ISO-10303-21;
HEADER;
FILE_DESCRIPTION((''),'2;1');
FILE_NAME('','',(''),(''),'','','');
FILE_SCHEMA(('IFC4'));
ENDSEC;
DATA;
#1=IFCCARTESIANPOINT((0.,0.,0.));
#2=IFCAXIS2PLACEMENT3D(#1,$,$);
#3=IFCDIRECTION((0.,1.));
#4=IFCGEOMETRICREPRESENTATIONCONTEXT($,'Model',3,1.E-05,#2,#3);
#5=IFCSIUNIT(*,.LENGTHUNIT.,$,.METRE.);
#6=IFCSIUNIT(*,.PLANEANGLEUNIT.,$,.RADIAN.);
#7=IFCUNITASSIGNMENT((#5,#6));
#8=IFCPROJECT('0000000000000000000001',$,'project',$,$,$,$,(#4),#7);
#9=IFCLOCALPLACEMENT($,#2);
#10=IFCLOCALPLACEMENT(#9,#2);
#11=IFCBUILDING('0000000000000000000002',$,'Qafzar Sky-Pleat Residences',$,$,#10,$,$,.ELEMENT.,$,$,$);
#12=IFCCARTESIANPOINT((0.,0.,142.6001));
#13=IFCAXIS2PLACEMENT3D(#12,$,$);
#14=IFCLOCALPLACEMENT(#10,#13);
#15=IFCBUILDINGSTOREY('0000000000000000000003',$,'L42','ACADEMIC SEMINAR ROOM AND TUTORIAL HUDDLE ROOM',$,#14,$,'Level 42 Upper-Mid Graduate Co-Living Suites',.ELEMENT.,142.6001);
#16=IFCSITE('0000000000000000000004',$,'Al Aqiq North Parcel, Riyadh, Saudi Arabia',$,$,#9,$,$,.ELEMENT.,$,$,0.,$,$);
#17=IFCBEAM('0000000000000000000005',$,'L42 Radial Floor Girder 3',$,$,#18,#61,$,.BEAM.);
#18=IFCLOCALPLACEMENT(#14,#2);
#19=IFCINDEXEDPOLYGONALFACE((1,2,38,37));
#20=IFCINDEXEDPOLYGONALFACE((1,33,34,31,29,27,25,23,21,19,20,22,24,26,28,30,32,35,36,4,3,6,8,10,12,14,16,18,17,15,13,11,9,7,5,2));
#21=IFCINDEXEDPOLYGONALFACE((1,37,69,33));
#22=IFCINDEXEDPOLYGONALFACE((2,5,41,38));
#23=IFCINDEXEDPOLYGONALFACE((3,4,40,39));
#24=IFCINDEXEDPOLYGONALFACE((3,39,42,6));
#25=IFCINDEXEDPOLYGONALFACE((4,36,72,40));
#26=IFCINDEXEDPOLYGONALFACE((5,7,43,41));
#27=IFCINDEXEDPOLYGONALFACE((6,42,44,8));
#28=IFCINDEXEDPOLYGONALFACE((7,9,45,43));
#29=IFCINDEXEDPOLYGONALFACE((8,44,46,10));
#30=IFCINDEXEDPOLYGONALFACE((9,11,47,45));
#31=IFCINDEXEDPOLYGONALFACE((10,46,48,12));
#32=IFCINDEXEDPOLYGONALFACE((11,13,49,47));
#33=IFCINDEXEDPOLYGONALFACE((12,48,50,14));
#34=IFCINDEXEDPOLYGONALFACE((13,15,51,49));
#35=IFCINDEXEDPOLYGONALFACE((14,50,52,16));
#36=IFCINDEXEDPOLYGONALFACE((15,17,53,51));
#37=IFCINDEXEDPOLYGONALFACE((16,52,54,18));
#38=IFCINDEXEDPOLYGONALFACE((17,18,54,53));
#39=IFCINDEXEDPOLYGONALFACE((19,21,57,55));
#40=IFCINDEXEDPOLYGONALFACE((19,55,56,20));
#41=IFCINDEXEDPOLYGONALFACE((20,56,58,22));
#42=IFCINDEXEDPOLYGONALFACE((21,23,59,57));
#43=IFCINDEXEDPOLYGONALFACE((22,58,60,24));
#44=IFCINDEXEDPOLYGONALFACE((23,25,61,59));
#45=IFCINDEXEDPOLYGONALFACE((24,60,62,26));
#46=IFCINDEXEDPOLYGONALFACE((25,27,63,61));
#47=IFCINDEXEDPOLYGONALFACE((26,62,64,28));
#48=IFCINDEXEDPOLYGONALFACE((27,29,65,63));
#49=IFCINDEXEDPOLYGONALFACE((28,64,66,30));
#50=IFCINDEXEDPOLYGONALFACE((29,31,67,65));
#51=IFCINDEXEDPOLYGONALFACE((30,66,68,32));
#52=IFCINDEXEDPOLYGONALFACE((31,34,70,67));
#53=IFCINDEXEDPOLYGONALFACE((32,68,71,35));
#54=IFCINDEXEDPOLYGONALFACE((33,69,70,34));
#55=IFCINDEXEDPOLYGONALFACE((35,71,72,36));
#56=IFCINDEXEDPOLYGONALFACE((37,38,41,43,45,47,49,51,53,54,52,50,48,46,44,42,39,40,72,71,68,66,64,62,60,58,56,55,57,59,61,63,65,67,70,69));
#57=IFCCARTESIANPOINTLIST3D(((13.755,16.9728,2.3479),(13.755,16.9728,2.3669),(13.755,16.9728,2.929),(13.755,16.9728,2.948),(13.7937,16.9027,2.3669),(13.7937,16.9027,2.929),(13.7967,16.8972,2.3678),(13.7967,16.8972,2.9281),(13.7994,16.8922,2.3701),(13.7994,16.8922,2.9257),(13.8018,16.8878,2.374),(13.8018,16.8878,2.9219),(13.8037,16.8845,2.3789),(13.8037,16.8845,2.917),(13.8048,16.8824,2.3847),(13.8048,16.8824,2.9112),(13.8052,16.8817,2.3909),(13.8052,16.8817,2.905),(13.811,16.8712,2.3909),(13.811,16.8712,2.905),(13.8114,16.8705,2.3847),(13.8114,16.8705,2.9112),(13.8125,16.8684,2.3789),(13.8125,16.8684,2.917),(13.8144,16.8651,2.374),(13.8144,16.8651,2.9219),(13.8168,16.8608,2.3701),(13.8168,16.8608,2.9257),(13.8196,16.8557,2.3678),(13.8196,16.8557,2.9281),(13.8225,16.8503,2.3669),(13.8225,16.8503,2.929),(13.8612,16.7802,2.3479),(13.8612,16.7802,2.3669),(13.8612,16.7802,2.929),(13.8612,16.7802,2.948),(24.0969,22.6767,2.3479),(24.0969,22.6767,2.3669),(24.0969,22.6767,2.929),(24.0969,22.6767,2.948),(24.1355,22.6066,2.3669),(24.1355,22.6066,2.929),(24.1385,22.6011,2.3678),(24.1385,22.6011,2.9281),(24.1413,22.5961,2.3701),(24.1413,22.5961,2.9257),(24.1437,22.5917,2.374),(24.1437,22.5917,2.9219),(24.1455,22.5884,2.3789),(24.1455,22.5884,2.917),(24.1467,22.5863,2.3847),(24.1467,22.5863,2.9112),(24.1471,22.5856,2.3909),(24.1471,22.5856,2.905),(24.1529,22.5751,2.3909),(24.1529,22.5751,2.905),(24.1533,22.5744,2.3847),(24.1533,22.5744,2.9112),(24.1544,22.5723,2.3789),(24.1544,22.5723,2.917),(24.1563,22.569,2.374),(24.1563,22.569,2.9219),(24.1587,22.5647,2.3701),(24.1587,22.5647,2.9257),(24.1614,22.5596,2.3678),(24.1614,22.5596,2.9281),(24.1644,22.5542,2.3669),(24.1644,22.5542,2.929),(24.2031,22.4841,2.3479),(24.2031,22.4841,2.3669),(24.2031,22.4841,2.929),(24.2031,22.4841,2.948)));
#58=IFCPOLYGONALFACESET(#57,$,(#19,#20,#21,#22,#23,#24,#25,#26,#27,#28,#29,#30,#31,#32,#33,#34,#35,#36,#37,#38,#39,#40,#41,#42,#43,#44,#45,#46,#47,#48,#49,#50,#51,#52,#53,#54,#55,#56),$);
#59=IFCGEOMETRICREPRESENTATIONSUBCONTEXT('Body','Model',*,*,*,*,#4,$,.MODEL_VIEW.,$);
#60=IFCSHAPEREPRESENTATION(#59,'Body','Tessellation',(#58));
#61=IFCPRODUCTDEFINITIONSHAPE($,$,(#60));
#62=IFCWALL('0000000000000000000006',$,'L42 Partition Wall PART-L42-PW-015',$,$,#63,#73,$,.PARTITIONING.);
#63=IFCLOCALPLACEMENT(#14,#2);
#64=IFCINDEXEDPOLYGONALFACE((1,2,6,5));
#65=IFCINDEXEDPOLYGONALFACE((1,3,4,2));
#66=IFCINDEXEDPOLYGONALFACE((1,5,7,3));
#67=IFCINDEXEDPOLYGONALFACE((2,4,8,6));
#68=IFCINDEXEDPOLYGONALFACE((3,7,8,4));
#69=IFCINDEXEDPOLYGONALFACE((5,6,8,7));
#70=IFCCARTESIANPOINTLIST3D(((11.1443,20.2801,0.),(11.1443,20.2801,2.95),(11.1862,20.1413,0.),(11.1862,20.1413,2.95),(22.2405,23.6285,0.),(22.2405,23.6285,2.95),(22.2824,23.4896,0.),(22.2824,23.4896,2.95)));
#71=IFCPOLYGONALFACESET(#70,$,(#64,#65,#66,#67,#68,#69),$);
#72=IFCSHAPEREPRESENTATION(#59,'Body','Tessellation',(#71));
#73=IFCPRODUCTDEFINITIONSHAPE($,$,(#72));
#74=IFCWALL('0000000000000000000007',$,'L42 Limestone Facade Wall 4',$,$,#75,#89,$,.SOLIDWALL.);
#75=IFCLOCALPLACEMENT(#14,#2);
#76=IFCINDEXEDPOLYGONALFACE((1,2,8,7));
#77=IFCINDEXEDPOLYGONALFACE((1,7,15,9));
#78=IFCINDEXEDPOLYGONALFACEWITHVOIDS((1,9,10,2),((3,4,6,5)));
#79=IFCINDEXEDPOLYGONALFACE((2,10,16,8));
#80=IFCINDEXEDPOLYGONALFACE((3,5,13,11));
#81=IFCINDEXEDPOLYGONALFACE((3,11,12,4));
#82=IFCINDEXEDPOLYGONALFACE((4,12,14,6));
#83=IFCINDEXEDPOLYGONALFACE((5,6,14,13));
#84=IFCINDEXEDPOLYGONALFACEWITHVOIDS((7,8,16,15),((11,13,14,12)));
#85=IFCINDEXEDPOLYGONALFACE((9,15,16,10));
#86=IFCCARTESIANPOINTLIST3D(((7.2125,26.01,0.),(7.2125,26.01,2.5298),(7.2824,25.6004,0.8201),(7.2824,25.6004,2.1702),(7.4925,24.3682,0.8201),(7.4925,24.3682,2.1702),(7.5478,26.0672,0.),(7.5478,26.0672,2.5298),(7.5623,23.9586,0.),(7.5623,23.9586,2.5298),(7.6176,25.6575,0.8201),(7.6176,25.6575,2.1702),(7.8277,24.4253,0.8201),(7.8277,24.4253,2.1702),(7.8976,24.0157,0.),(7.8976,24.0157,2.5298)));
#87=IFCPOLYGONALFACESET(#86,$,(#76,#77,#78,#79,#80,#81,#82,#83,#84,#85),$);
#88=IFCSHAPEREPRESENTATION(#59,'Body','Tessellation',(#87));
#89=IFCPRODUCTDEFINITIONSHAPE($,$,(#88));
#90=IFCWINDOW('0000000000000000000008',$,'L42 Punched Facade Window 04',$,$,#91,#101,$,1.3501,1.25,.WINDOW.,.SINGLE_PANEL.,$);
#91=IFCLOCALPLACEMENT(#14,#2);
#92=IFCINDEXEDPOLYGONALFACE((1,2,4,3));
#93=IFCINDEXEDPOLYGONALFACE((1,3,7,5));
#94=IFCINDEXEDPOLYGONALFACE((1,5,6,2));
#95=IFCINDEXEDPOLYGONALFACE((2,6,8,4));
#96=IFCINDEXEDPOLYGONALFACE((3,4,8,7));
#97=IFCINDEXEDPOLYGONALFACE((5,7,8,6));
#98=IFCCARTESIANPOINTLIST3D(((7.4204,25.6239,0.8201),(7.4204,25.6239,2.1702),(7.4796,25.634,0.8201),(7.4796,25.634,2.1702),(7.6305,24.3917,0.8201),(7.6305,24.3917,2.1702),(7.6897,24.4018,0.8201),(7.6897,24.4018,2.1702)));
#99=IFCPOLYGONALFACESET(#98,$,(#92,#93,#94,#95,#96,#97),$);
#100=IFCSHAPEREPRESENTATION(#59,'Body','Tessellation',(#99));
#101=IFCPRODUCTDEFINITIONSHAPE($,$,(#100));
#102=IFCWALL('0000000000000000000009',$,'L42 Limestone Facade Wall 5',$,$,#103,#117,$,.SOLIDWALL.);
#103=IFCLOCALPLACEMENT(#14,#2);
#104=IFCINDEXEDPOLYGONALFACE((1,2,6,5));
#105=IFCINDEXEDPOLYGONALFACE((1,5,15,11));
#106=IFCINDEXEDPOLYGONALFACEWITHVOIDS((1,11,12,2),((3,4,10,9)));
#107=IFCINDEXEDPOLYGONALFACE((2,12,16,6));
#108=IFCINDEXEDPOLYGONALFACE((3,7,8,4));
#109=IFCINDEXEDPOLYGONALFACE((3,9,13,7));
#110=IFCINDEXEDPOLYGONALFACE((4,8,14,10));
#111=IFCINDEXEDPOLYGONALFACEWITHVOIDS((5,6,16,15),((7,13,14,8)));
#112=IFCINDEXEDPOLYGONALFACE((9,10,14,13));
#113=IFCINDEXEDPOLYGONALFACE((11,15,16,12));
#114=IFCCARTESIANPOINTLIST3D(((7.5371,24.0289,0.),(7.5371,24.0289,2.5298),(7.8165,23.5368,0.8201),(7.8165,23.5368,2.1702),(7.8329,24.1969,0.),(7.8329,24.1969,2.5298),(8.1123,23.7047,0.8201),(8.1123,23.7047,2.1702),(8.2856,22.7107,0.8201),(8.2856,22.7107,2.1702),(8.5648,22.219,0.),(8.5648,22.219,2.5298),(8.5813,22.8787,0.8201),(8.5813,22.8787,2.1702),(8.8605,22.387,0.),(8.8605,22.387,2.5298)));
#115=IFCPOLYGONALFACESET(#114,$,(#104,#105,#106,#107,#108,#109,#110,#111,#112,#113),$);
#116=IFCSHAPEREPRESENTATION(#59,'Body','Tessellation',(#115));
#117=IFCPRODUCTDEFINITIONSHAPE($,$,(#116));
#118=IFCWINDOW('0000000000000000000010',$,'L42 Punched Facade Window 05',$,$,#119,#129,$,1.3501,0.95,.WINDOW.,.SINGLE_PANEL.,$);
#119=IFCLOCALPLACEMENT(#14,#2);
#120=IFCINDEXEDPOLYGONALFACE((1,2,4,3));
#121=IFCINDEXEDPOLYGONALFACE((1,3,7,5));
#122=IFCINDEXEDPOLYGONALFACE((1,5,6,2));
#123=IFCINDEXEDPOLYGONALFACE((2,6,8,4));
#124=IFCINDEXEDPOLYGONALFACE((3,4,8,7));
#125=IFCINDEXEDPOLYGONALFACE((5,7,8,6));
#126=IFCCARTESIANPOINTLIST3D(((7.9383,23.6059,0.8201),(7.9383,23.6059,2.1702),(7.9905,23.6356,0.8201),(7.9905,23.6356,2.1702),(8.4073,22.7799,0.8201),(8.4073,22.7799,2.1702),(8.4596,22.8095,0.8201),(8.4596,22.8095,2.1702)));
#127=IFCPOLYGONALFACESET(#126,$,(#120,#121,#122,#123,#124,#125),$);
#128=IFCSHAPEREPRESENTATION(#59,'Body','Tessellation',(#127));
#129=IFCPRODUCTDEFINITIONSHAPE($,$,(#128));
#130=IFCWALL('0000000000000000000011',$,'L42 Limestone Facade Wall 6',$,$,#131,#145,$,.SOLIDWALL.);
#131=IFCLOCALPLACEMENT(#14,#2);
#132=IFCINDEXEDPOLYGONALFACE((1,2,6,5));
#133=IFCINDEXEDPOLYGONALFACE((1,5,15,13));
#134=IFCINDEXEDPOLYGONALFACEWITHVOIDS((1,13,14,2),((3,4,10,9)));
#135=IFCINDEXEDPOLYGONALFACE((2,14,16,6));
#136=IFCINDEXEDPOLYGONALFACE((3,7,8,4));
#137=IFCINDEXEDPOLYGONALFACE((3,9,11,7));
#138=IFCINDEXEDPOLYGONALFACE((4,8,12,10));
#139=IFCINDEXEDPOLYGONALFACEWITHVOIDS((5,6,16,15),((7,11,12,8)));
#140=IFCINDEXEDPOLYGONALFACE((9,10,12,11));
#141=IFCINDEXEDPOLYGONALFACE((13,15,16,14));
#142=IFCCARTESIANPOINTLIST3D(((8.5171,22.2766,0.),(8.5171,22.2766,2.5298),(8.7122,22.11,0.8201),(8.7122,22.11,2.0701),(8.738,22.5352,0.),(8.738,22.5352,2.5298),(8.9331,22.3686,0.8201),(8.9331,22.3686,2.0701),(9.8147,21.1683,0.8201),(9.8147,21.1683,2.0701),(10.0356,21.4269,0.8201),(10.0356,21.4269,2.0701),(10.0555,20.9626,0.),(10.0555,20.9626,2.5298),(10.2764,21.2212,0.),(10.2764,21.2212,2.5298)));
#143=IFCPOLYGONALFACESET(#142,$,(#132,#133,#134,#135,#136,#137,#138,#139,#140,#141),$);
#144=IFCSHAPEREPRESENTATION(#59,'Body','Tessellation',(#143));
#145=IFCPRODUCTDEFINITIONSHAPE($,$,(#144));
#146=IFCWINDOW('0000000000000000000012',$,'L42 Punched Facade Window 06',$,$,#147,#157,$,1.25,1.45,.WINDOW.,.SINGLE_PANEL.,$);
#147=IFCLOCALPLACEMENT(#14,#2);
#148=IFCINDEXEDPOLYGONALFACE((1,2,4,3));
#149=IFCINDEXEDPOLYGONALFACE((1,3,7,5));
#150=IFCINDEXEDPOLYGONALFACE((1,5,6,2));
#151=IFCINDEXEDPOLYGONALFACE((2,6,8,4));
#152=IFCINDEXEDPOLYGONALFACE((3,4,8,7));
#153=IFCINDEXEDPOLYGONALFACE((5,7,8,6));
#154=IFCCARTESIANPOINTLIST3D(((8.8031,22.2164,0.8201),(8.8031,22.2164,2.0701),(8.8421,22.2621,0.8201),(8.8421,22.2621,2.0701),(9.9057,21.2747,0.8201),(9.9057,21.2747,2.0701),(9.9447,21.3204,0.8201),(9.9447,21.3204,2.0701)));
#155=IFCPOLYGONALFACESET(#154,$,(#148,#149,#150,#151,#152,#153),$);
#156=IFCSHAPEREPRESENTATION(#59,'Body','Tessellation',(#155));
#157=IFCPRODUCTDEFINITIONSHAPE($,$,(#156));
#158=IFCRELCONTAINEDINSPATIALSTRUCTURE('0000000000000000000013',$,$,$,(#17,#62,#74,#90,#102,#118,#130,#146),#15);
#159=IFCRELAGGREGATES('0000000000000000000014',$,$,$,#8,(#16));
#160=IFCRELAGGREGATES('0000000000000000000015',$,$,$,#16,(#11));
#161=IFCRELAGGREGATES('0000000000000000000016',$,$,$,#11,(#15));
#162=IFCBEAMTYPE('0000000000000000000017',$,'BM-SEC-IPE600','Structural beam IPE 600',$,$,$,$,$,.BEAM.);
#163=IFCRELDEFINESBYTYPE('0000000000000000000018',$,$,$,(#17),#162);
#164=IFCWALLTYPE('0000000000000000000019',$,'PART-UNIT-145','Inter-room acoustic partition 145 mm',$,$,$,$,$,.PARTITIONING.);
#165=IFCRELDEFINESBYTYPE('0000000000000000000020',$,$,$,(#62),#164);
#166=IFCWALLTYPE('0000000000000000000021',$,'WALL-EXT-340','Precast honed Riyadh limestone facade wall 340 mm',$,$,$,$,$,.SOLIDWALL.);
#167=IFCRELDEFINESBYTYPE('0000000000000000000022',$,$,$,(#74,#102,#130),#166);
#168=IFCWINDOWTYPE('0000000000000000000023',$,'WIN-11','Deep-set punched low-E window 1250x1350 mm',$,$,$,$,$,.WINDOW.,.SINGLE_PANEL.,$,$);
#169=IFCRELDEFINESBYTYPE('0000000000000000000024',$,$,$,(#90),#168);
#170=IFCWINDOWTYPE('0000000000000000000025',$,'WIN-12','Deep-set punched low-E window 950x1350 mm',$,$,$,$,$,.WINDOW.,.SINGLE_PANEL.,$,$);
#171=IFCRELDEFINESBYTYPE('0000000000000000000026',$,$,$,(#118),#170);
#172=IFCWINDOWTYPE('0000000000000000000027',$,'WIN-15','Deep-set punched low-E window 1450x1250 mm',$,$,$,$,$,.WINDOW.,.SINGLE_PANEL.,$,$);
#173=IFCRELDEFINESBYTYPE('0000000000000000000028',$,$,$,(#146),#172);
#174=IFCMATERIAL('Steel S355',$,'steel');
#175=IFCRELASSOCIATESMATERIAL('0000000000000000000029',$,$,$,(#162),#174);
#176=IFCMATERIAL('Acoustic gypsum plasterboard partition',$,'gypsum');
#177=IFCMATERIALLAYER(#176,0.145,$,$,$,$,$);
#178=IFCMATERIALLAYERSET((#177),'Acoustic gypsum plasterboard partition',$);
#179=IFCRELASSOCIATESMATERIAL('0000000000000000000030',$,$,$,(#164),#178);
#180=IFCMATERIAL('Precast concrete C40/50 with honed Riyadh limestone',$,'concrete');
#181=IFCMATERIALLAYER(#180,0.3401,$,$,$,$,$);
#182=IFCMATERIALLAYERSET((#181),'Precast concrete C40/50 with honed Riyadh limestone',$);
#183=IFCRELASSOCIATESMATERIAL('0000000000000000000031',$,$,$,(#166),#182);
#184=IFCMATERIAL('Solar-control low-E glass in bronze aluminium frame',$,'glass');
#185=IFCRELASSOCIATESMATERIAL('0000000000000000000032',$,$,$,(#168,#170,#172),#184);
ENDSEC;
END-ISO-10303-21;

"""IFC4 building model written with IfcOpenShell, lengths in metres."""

from ifc_helpers import new_model, si_unit, direction, frame, frame_2d, origin, origin_2d, place, context, subcontext, project, spatial, rectangle, i_section, extrude, source, transform, mapped, material, layer, layer_set, material_profile, profile_set, type_object, element, fill, save


model = new_model("IFC4")

# Units and contexts
model_context = context("Model", 3, precision=1e-05, world=origin(), true_north=direction((0.0, 1.0)))
body_context = subcontext(model_context, "Body", "Model", "MODEL_VIEW")
ifc_project = project(units=[si_unit("LENGTHUNIT", "METRE"), si_unit("PLANEANGLEUNIT", "RADIAN")], contexts=[model_context])

# Site, building, storey
site_placement = place(None, origin())
site = spatial("IfcSite", under=ifc_project, at=site_placement, Name="Al Aqiq North Parcel, Riyadh, Saudi Arabia", CompositionType="ELEMENT", RefElevation=0.0)
building_placement = place(site_placement, origin())
building = spatial("IfcBuilding", under=site, at=building_placement, Name="Qafzar Sky-Pleat Residences", CompositionType="ELEMENT")
storey_placement = place(building_placement, frame((0.0, 0.0, 142.6001)))
storey = spatial("IfcBuildingStorey", under=building, at=storey_placement, Name="L42", Description="ACADEMIC SEMINAR ROOM AND TUTORIAL HUDDLE ROOM", LongName="Level 42 Upper-Mid Graduate Co-Living Suites", CompositionType="ELEMENT", Elevation=142.6001)

# Shared definitions
ifc_material_1 = material(Name="Steel S355", Category="steel")

# Beam
ifc_material_profile_1 = material_profile(ifc_material_1, i_section(OverallWidth=0.22, OverallDepth=0.6001, WebThickness=0.012, FlangeThickness=0.019, FilletRadius=0.0239, at=origin_2d()), Name="IPE 600")
ifc_profile_set_1 = profile_set([ifc_material_profile_1], Name="Steel S355")
beam_type_1 = type_object("IfcBeamType", Name="BM-SEC-IPE600", Description="Structural beam IPE 600", PredefinedType="BEAM", material=ifc_profile_set_1)
shared_shape_1 = source(origin(), body_context, "Body", "SweptSolid", [
    extrude(i_section(OverallWidth=0.22, OverallDepth=0.6001, WebThickness=0.012, FlangeThickness=0.019, FilletRadius=0.0239, at=origin_2d()), origin(), (0.0, 0.0, 1.0), 11.8105),
])
beam_1_placement = place(storey_placement, frame((13.8081, 16.8765, 2.6479), z_axis=(0.875648, 0.48295, 0.0), x_axis=(-0.48295, 0.875648, 0.0)))
element("IfcBeam", 1, at=beam_1_placement, inside=storey, type_object=beam_type_1, Name="L42 Radial Floor Girder 3", PredefinedType="BEAM", context=body_context, shape_type="MappedRepresentation", body=[
    mapped(shared_shape_1, transform((0.0, 0.0, 0.0), x_axis=(1.0, 0.0, 0.0), y_axis=(0.0, 1.0, 0.0), z_axis=(0.0, 0.0, 1.0), scale=1.0)),
])

# Wall
ifc_material_2 = material(Name="Acoustic gypsum plasterboard partition", Category="gypsum")
ifc_layer_1 = layer(ifc_material_2, 0.145)
ifc_layer_set_1 = layer_set([ifc_layer_1], Name="Acoustic gypsum plasterboard partition")
wall_type_1 = type_object("IfcWallType", Name="PART-UNIT-145", Description="Inter-room acoustic partition 145 mm", PredefinedType="PARTITIONING", material=ifc_layer_set_1)
wall_1_placement = place(storey_placement, frame((11.1653, 20.2107, 0.0), z_axis=(0.0, 0.0, 1.0), x_axis=(0.957361, 0.288893, 0.0)))
element("IfcWall", 2, at=wall_1_placement, inside=storey, type_object=wall_type_1, Name="L42 Partition Wall PART-L42-PW-015", PredefinedType="PARTITIONING", context=body_context, shape_type="SweptSolid", body=[
    extrude(rectangle(XDim=11.5903, YDim=0.145, at=frame_2d((5.7952, 0.0))), origin(), (0.0, 0.0, 1.0), 2.95),
])

# Walls, openings, windows
ifc_material_3 = material(Name="Precast concrete C40/50 with honed Riyadh limestone", Category="concrete")
ifc_layer_2 = layer(ifc_material_3, 0.3401)
ifc_layer_set_2 = layer_set([ifc_layer_2], Name="Precast concrete C40/50 with honed Riyadh limestone")
wall_type_2 = type_object("IfcWallType", Name="WALL-EXT-340", Description="Precast honed Riyadh limestone facade wall 340 mm", PredefinedType="SOLIDWALL", material=ifc_layer_set_2)
wall_2_placement = place(storey_placement, frame((7.3801, 26.0386, 0.0), z_axis=(0.0, 0.0, 1.0), x_axis=(0.168107, -0.985769, 0.0)))
wall_2 = element("IfcWall", 3, at=wall_2_placement, inside=storey, type_object=wall_type_2, Name="L42 Limestone Facade Wall 4", PredefinedType="SOLIDWALL", context=body_context, shape_type="SweptSolid", body=[
    extrude(rectangle(XDim=2.0811, YDim=0.3401, at=frame_2d((1.0405, 0.0))), origin(), (0.0, 0.0, 1.0), 2.5298),
])
opening_1_placement = place(wall_2_placement, frame((0.4155, 0.0, 0.8201)))
opening_1 = element("IfcOpeningElement", 4, at=opening_1_placement, cuts=wall_2, PredefinedType="OPENING", context=body_context, shape_type="SweptSolid", body=[
    extrude(rectangle(XDim=1.25, YDim=1.3501, at=frame_2d((0.625, 0.675))), frame((0.0, 0.1802, 0.0), z_axis=(0.0, -1.0, 0.0), x_axis=(1.0, 0.0, 0.0)), (0.0, 0.0, 1.0), 0.3601),
])
ifc_material_4 = material(Name="Solar-control low-E glass in bronze aluminium frame", Category="glass")
window_type_1 = type_object("IfcWindowType", Name="WIN-11", Description="Deep-set punched low-E window 1250x1350 mm", PartitioningType="SINGLE_PANEL", PredefinedType="WINDOW", material=ifc_material_4)
shared_shape_2 = source(origin(), body_context, "Body", "SweptSolid", [
    extrude(rectangle(XDim=1.25, YDim=1.3501, at=frame_2d((0.625, 0.675))), frame((0.0, 0.03, 0.0), z_axis=(0.0, -1.0, 0.0), x_axis=(1.0, 0.0, 0.0)), (0.0, 0.0, 1.0), 0.0601),
])
window_1_placement = place(opening_1_placement, origin())
window_1 = element("IfcWindow", 5, at=window_1_placement, inside=storey, type_object=window_type_1, Name="L42 Punched Facade Window 04", OverallHeight=1.3501, OverallWidth=1.25, PartitioningType="SINGLE_PANEL", PredefinedType="WINDOW", context=body_context, shape_type="MappedRepresentation", body=[
    mapped(shared_shape_2, transform((0.0, 0.0, 0.0), x_axis=(1.0, 0.0, 0.0), y_axis=(0.0, 1.0, 0.0), z_axis=(0.0, 0.0, 1.0), scale=1.0)),
])
fill(opening_1, window_1)
wall_3_placement = place(storey_placement, frame((7.6851, 24.1128, 0.0), z_axis=(0.0, 0.0, 1.0), x_axis=(0.493749, -0.869604, 0.0)))
wall_3 = element("IfcWall", 6, at=wall_3_placement, inside=storey, type_object=wall_type_2, Name="L42 Limestone Facade Wall 5", PredefinedType="SOLIDWALL", context=body_context, shape_type="SweptSolid", body=[
    extrude(rectangle(XDim=2.0813, YDim=0.3401, at=frame_2d((1.0405, 0.0))), origin(), (0.0, 0.0, 1.0), 2.5298),
])
opening_2_placement = place(wall_3_placement, frame((0.5657, 0.0, 0.8201)))
opening_2 = element("IfcOpeningElement", 7, at=opening_2_placement, cuts=wall_3, PredefinedType="OPENING", context=body_context, shape_type="SweptSolid", body=[
    extrude(rectangle(XDim=0.95, YDim=1.3501, at=frame_2d((0.4751, 0.675))), frame((0.0, 0.1802, 0.0), z_axis=(0.0, -1.0, 0.0), x_axis=(1.0, 0.0, 0.0)), (0.0, 0.0, 1.0), 0.3601),
])
window_type_2 = type_object("IfcWindowType", Name="WIN-12", Description="Deep-set punched low-E window 950x1350 mm", PartitioningType="SINGLE_PANEL", PredefinedType="WINDOW", material=ifc_material_4)
shared_shape_3 = source(origin(), body_context, "Body", "SweptSolid", [
    extrude(rectangle(XDim=0.95, YDim=1.3501, at=frame_2d((0.4751, 0.675))), frame((0.0, 0.03, 0.0), z_axis=(0.0, -1.0, 0.0), x_axis=(1.0, 0.0, 0.0)), (0.0, 0.0, 1.0), 0.0601),
])
window_2_placement = place(opening_2_placement, origin())
window_2 = element("IfcWindow", 8, at=window_2_placement, inside=storey, type_object=window_type_2, Name="L42 Punched Facade Window 05", OverallHeight=1.3501, OverallWidth=0.95, PartitioningType="SINGLE_PANEL", PredefinedType="WINDOW", context=body_context, shape_type="MappedRepresentation", body=[
    mapped(shared_shape_3, transform((0.0, 0.0, 0.0), x_axis=(1.0, 0.0, 0.0), y_axis=(0.0, 1.0, 0.0), z_axis=(0.0, 0.0, 1.0), scale=1.0)),
])
fill(opening_2, window_2)
wall_4_placement = place(storey_placement, frame((8.6274, 22.406, 0.0), z_axis=(0.0, 0.0, 1.0), x_axis=(0.76038, -0.649479, 0.0)))
wall_4 = element("IfcWall", 9, at=wall_4_placement, inside=storey, type_object=wall_type_2, Name="L42 Limestone Facade Wall 6", PredefinedType="SOLIDWALL", context=body_context, shape_type="SweptSolid", body=[
    extrude(rectangle(XDim=2.0232, YDim=0.3401, at=frame_2d((1.0117, 0.0))), origin(), (0.0, 0.0, 1.0), 2.5298),
])
opening_3_placement = place(wall_4_placement, frame((0.2566, 0.0, 0.8201)))
opening_3 = element("IfcOpeningElement", 10, at=opening_3_placement, cuts=wall_4, PredefinedType="OPENING", context=body_context, shape_type="SweptSolid", body=[
    extrude(rectangle(XDim=1.45, YDim=1.25, at=frame_2d((0.7251, 0.625))), frame((0.0, 0.1802, 0.0), z_axis=(0.0, -1.0, 0.0), x_axis=(1.0, 0.0, 0.0)), (0.0, 0.0, 1.0), 0.3601),
])
window_type_3 = type_object("IfcWindowType", Name="WIN-15", Description="Deep-set punched low-E window 1450x1250 mm", PartitioningType="SINGLE_PANEL", PredefinedType="WINDOW", material=ifc_material_4)
shared_shape_4 = source(origin(), body_context, "Body", "SweptSolid", [
    extrude(rectangle(XDim=1.45, YDim=1.25, at=frame_2d((0.7251, 0.625))), frame((0.0, 0.03, 0.0), z_axis=(0.0, -1.0, 0.0), x_axis=(1.0, 0.0, 0.0)), (0.0, 0.0, 1.0), 0.0601),
])
window_3_placement = place(opening_3_placement, origin())
window_3 = element("IfcWindow", 11, at=window_3_placement, inside=storey, type_object=window_type_3, Name="L42 Punched Facade Window 06", OverallHeight=1.25, OverallWidth=1.45, PartitioningType="SINGLE_PANEL", PredefinedType="WINDOW", context=body_context, shape_type="MappedRepresentation", body=[
    mapped(shared_shape_4, transform((0.0, 0.0, 0.0), x_axis=(1.0, 0.0, 0.0), y_axis=(0.0, 1.0, 0.0), z_axis=(0.0, 0.0, 1.0), scale=1.0)),
])
fill(opening_3, window_3)

save(model, "model.ifc")
